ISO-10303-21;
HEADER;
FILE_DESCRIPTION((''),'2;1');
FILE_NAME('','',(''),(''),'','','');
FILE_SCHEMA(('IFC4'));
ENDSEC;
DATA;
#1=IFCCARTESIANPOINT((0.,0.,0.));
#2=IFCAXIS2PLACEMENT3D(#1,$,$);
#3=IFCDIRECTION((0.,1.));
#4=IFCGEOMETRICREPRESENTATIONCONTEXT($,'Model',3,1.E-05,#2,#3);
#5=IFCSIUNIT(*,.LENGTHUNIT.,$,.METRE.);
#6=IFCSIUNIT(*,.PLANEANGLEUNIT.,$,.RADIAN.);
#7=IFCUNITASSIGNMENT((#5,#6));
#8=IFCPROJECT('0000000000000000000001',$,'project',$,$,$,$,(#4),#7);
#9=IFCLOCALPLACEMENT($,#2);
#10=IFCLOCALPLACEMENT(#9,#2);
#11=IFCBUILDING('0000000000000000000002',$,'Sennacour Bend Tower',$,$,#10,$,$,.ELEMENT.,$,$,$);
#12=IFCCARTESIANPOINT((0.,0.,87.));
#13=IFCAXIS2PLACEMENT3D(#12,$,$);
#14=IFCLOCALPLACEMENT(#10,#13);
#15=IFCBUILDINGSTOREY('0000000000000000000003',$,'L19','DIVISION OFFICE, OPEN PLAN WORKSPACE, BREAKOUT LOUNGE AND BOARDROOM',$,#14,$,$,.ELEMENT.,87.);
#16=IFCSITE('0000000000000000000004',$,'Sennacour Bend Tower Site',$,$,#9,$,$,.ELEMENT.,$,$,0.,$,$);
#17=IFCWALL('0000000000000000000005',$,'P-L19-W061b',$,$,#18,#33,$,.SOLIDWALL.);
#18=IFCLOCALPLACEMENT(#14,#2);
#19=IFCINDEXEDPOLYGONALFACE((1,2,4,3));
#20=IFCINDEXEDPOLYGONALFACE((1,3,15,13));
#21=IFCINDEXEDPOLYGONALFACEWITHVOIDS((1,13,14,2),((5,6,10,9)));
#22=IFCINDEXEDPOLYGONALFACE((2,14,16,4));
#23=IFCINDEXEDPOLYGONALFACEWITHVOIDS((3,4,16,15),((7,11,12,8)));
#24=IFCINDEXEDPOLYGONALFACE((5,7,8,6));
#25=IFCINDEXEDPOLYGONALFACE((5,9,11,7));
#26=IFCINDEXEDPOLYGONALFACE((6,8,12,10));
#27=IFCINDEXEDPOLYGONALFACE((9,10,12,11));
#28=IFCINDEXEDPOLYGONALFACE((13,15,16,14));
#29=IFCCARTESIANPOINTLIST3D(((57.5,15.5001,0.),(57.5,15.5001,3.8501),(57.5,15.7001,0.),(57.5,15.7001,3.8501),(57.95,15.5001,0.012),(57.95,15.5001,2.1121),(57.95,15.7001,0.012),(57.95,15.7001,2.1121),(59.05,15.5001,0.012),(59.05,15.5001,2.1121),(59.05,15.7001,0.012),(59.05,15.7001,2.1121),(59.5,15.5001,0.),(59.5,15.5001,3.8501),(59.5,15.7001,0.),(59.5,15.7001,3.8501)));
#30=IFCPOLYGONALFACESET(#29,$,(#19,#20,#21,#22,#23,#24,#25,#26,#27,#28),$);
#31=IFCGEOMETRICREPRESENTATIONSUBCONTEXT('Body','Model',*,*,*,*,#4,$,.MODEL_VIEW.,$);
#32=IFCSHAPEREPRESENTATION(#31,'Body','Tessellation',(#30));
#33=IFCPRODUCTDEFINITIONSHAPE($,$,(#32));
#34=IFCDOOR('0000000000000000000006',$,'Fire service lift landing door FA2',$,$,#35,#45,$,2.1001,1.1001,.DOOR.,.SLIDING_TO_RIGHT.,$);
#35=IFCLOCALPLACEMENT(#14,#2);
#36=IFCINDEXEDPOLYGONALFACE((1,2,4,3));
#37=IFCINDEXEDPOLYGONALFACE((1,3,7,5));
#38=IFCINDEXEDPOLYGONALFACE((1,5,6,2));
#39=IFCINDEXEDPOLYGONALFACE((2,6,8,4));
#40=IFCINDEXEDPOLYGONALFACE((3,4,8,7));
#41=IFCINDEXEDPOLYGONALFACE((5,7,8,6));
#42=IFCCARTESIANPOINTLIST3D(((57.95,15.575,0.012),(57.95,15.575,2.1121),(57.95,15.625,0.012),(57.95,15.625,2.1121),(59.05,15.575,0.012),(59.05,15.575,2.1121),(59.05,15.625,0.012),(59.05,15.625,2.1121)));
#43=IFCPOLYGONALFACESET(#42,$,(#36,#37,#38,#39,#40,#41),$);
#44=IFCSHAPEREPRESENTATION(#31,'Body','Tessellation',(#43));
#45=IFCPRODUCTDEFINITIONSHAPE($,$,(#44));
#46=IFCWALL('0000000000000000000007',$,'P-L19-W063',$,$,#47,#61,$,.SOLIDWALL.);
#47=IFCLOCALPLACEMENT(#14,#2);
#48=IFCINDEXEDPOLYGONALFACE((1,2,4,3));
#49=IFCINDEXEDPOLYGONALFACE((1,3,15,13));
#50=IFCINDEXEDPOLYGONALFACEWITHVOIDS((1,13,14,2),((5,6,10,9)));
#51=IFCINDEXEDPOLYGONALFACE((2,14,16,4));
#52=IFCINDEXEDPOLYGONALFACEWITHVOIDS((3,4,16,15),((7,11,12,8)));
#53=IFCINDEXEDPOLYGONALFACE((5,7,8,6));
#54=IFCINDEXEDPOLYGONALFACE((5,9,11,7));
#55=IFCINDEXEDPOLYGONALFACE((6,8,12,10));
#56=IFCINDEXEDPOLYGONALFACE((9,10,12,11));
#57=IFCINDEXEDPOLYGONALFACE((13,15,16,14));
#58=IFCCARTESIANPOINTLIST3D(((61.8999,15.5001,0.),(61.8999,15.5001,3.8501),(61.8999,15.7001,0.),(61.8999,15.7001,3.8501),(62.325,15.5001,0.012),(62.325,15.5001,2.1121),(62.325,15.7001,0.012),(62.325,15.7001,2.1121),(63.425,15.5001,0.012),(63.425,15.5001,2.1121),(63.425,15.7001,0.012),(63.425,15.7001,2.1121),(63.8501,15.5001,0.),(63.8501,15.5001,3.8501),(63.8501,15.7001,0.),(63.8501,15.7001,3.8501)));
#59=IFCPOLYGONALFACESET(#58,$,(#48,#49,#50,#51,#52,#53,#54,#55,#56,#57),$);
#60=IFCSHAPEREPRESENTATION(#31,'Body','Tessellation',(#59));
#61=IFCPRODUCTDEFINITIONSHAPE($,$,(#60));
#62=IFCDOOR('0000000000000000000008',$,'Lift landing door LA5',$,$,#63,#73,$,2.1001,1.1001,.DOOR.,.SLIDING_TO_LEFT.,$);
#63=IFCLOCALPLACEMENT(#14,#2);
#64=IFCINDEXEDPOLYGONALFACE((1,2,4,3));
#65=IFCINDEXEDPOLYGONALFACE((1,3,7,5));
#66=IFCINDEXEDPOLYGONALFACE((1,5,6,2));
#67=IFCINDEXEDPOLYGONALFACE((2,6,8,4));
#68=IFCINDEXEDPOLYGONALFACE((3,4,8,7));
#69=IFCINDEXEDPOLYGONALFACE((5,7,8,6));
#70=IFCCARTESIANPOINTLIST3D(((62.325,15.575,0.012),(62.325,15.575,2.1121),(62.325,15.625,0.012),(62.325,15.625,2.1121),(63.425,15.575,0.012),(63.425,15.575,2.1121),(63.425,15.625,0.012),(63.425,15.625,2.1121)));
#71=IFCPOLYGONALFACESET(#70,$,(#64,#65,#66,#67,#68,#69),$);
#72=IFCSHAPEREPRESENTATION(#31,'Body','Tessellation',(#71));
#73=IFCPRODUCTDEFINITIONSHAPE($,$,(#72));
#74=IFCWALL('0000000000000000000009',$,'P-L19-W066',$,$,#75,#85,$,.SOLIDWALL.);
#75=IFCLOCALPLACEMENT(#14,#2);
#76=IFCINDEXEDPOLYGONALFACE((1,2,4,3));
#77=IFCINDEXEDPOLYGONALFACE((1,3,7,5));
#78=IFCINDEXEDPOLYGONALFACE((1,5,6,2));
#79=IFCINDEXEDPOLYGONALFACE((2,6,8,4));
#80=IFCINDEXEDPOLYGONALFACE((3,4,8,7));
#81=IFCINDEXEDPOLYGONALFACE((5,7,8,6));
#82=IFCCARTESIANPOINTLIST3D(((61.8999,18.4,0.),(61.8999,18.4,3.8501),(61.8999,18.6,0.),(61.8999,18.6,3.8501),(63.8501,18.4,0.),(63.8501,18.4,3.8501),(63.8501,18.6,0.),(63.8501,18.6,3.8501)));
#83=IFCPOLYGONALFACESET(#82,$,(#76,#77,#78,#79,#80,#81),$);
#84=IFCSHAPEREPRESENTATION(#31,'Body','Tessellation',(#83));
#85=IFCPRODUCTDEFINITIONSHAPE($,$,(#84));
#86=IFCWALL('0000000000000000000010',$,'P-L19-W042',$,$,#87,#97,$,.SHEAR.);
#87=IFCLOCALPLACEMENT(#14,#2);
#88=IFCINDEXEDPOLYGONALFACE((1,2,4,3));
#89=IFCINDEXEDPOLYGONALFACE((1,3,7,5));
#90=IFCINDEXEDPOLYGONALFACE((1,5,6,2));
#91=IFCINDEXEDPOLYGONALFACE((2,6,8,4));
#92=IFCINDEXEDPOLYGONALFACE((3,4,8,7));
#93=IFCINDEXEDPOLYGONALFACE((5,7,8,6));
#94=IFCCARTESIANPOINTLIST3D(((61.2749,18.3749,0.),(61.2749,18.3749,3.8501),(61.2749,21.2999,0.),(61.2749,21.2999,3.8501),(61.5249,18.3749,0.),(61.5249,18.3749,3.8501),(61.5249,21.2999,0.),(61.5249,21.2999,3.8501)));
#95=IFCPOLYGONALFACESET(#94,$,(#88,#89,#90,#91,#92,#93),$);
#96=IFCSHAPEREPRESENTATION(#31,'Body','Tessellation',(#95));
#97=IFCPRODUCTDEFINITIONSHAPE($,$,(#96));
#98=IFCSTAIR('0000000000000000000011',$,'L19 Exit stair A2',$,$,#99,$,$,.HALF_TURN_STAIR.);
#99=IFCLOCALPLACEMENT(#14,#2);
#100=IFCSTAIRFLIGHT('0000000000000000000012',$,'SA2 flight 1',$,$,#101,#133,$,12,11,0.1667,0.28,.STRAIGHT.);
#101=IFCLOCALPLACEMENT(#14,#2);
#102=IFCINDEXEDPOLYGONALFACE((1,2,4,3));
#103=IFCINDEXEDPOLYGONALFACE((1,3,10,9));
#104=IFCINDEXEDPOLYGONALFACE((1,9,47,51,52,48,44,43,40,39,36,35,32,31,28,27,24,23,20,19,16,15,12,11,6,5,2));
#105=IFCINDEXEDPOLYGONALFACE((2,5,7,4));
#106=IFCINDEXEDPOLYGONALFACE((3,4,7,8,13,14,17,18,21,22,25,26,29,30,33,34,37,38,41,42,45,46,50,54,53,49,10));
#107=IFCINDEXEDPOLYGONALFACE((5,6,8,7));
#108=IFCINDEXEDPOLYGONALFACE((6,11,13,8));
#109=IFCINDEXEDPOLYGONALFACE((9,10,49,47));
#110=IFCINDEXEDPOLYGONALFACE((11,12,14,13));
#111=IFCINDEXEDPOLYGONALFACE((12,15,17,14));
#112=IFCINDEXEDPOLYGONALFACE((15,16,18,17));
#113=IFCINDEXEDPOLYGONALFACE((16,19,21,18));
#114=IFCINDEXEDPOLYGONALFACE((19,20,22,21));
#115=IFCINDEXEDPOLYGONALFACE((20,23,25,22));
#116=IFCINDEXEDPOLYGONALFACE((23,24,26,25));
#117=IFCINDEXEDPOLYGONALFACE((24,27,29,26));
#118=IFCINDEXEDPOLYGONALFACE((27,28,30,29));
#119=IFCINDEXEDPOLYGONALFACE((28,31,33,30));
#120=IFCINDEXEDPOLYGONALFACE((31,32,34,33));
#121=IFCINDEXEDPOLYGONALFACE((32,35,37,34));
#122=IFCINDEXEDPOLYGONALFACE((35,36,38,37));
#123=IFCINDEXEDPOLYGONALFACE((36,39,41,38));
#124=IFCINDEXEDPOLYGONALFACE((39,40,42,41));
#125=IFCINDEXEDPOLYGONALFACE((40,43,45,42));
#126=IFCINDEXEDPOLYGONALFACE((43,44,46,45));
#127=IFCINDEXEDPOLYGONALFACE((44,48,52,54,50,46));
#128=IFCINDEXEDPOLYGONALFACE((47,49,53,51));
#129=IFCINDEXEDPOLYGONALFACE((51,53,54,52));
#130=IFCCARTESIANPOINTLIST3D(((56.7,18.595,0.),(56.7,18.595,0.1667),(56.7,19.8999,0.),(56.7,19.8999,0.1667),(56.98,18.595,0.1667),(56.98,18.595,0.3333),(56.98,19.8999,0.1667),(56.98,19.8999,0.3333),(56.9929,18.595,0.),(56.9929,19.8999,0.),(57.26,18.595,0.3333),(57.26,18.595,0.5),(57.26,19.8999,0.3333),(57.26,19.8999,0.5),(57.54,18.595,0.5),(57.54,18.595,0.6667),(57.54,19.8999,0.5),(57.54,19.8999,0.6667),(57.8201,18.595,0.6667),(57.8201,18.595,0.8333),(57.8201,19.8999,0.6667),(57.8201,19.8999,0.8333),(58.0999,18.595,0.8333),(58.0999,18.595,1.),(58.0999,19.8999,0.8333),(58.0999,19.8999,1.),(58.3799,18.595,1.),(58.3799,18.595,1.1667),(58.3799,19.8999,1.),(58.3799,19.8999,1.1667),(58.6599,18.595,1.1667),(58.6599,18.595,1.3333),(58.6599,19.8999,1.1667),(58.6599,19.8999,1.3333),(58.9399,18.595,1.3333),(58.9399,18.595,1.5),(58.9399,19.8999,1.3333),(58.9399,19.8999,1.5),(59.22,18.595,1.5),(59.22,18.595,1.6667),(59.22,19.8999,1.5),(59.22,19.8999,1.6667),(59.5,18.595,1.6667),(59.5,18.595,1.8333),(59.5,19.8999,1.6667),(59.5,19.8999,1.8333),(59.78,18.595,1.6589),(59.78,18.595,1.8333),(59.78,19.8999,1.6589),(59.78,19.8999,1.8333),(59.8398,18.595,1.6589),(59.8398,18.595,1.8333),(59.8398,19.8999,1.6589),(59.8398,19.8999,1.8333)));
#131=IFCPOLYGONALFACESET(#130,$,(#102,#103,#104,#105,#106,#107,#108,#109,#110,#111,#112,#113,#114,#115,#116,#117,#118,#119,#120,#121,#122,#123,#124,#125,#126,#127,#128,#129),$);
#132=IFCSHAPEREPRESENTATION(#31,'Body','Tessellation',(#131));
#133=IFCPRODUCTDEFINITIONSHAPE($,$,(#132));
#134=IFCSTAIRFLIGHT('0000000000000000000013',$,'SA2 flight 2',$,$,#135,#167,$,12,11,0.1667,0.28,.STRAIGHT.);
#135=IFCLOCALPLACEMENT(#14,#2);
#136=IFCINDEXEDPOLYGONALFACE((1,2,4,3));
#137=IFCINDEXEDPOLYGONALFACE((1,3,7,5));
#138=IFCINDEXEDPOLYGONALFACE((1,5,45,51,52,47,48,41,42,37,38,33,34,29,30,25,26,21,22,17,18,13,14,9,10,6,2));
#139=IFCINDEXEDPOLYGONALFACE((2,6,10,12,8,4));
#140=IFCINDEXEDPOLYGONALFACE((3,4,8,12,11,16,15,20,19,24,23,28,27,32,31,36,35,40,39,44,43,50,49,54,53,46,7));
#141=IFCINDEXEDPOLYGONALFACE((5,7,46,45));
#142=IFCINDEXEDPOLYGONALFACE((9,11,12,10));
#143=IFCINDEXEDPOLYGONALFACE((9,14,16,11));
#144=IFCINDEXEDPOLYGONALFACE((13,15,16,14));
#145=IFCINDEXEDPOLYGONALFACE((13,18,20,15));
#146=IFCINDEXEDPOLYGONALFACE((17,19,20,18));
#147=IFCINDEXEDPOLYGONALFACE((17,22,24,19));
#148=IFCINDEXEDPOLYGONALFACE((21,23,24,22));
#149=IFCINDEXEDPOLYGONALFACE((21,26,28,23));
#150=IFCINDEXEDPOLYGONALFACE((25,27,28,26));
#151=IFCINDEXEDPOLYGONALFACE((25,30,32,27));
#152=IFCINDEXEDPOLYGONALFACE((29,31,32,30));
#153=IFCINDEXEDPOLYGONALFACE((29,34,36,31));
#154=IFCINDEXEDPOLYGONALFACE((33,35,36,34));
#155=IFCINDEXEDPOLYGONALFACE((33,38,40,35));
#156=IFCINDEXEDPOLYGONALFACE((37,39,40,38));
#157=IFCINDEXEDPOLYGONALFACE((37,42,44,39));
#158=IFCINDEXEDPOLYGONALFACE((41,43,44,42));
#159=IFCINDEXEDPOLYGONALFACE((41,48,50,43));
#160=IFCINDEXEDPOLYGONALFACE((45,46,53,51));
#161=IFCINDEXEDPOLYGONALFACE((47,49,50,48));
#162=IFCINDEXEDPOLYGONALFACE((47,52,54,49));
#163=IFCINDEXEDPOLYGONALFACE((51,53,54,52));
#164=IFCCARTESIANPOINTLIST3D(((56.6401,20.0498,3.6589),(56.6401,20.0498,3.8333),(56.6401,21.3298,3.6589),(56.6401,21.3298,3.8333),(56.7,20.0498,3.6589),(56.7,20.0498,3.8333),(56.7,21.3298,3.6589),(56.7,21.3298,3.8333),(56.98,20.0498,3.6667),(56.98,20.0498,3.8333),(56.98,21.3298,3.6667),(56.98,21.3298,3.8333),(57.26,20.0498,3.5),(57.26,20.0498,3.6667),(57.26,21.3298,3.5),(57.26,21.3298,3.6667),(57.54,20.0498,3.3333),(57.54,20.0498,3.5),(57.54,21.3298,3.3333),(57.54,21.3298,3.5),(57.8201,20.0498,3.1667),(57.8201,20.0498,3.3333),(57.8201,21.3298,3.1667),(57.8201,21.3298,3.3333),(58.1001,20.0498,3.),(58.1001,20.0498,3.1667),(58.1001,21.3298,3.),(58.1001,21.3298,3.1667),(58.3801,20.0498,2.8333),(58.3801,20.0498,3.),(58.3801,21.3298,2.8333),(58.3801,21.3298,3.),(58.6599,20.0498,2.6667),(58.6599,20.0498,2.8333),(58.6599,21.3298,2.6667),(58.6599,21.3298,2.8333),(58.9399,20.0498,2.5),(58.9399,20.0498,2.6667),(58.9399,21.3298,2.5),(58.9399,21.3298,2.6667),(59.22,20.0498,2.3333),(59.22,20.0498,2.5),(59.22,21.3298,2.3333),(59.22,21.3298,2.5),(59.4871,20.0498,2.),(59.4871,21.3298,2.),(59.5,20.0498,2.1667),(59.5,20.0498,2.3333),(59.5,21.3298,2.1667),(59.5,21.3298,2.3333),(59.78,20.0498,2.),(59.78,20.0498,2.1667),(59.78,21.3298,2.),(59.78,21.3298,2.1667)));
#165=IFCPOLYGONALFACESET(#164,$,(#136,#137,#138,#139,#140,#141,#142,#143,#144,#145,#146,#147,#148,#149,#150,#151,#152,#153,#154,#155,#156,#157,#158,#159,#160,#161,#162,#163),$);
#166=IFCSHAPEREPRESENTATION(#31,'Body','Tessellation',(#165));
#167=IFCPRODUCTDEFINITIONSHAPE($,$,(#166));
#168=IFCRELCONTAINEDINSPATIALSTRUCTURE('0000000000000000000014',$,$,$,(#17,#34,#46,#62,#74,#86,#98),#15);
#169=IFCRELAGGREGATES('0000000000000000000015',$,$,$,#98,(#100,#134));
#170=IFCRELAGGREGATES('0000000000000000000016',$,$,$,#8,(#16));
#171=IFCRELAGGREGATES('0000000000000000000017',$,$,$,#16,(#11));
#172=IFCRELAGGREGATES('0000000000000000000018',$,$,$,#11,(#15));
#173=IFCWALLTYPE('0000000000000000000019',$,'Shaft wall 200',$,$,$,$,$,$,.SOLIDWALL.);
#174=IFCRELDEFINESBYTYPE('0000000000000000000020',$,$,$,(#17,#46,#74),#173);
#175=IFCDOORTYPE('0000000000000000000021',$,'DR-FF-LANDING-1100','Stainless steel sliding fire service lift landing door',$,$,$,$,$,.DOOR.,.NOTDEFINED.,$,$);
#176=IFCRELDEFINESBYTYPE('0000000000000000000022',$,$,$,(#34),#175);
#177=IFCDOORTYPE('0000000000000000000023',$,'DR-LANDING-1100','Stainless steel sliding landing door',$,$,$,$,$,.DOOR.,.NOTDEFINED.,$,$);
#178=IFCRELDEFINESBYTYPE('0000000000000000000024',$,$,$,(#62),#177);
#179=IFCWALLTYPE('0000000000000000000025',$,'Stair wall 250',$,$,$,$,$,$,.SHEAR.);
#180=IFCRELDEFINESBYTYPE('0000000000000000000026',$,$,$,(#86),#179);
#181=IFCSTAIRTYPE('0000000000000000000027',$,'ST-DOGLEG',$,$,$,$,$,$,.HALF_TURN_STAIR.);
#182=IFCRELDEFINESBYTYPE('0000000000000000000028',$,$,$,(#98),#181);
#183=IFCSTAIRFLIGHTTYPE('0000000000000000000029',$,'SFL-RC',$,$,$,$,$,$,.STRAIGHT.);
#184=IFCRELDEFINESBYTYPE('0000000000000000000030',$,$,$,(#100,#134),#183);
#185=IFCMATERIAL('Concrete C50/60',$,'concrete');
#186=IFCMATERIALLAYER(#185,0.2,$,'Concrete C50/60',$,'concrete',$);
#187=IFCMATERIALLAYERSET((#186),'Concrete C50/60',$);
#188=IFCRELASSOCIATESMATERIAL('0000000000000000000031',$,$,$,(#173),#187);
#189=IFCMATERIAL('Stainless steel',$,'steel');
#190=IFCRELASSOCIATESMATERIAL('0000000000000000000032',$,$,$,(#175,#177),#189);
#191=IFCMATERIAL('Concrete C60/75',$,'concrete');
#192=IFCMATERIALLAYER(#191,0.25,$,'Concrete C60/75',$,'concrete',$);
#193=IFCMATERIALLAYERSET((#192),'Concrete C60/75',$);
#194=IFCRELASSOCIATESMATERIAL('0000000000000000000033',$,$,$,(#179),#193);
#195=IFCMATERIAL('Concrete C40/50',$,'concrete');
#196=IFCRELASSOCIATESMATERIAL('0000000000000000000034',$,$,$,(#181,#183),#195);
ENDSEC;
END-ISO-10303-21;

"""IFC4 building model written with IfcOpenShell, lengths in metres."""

from ifc_helpers import new_model, si_unit, direction, frame, frame_2d, origin, place, context, subcontext, project, spatial, polyline, rectangle, outline, extrude, material, layer, layer_set, type_object, element, fill, aggregate, save


model = new_model("IFC4")

# Units and contexts
model_context = context("Model", 3, precision=1e-05, world=origin(), true_north=direction((0.0, 1.0)))
body_context = subcontext(model_context, "Body", "Model", "MODEL_VIEW")
ifc_project = project(units=[si_unit("LENGTHUNIT", "METRE"), si_unit("PLANEANGLEUNIT", "RADIAN")], contexts=[model_context])

# Site, building, storey
site_placement = place(None, origin())
site = spatial("IfcSite", under=ifc_project, at=site_placement, Name="Sennacour Bend Tower Site", CompositionType="ELEMENT", RefElevation=0.0)
building_placement = place(site_placement, origin())
building = spatial("IfcBuilding", under=site, at=building_placement, Name="Sennacour Bend Tower", CompositionType="ELEMENT")
storey_placement = place(building_placement, frame((0.0, 0.0, 87.0)))
storey = spatial("IfcBuildingStorey", under=building, at=storey_placement, Name="L19", Description="DIVISION OFFICE, OPEN PLAN WORKSPACE, BREAKOUT LOUNGE AND BOARDROOM", CompositionType="ELEMENT", Elevation=87.0)

# Shared definitions
ifc_material_1 = material(Name="Concrete C50/60", Category="concrete")
ifc_layer_1 = layer(ifc_material_1, 0.2, Name="Concrete C50/60", Category="concrete")
ifc_layer_set_1 = layer_set([ifc_layer_1], Name="Concrete C50/60")
wall_type_1 = type_object("IfcWallType", Name="Shaft wall 200", PredefinedType="SOLIDWALL", material=ifc_layer_set_1)

# Walls, openings, doors
wall_1_placement = place(storey_placement, frame((57.5, 15.6001, 0.0), z_axis=(0.0, 0.0, 1.0), x_axis=(1.0, 0.0, 0.0)))
wall_1 = element("IfcWall", 1, at=wall_1_placement, inside=storey, type_object=wall_type_1, Name="P-L19-W061b", PredefinedType="SOLIDWALL", context=body_context, shape_type="SweptSolid", body=[
    extrude(rectangle(XDim=2.0, YDim=0.2, at=frame_2d((1.0, 0.0))), origin(), (0.0, 0.0, 1.0), 3.8501),
])
opening_1_placement = place(wall_1_placement, frame((0.45, 0.0, 0.012)))
opening_1 = element("IfcOpeningElement", 2, at=opening_1_placement, cuts=wall_1, PredefinedType="OPENING", context=body_context, shape_type="SweptSolid", body=[
    extrude(rectangle(XDim=1.1001, YDim=2.1001, at=frame_2d((0.55, 1.05))), frame((0.0, 0.1099, 0.0), z_axis=(0.0, -1.0, 0.0), x_axis=(1.0, 0.0, 0.0)), (0.0, 0.0, 1.0), 0.22),
])
ifc_material_2 = material(Name="Stainless steel", Category="steel")
door_type_1 = type_object("IfcDoorType", Name="DR-FF-LANDING-1100", Description="Stainless steel sliding fire service lift landing door", OperationType="NOTDEFINED", PredefinedType="DOOR", material=ifc_material_2)
door_1_placement = place(opening_1_placement, origin())
door_1 = element("IfcDoor", 3, at=door_1_placement, inside=storey, type_object=door_type_1, Name="Fire service lift landing door FA2", OperationType="SLIDING_TO_RIGHT", OverallHeight=2.1001, OverallWidth=1.1001, PredefinedType="DOOR", context=body_context, shape_type="SweptSolid", body=[
    extrude(rectangle(XDim=1.1001, YDim=2.1001, at=frame_2d((0.55, 1.05))), frame((0.0, 0.0249, 0.0), z_axis=(0.0, -1.0, 0.0), x_axis=(1.0, 0.0, 0.0)), (0.0, 0.0, 1.0), 0.05),
])
fill(opening_1, door_1)
wall_2_placement = place(storey_placement, frame((61.8999, 15.6001, 0.0), z_axis=(0.0, 0.0, 1.0), x_axis=(1.0, 0.0, 0.0)))
wall_2 = element("IfcWall", 4, at=wall_2_placement, inside=storey, type_object=wall_type_1, Name="P-L19-W063", PredefinedType="SOLIDWALL", context=body_context, shape_type="SweptSolid", body=[
    extrude(rectangle(XDim=1.9502, YDim=0.2, at=frame_2d((0.9751, 0.0))), origin(), (0.0, 0.0, 1.0), 3.8501),
])
opening_2_placement = place(wall_2_placement, frame((0.425, 0.0, 0.012)))
opening_2 = element("IfcOpeningElement", 5, at=opening_2_placement, cuts=wall_2, PredefinedType="OPENING", context=body_context, shape_type="SweptSolid", body=[
    extrude(rectangle(XDim=1.1001, YDim=2.1001, at=frame_2d((0.55, 1.05))), frame((0.0, 0.1099, 0.0), z_axis=(0.0, -1.0, 0.0), x_axis=(1.0, 0.0, 0.0)), (0.0, 0.0, 1.0), 0.22),
])
door_type_2 = type_object("IfcDoorType", Name="DR-LANDING-1100", Description="Stainless steel sliding landing door", OperationType="NOTDEFINED", PredefinedType="DOOR", material=ifc_material_2)
door_2_placement = place(opening_2_placement, origin())
door_2 = element("IfcDoor", 6, at=door_2_placement, inside=storey, type_object=door_type_2, Name="Lift landing door LA5", OperationType="SLIDING_TO_LEFT", OverallHeight=2.1001, OverallWidth=1.1001, PredefinedType="DOOR", context=body_context, shape_type="SweptSolid", body=[
    extrude(rectangle(XDim=1.1001, YDim=2.1001, at=frame_2d((0.55, 1.05))), frame((0.0, 0.0249, 0.0), z_axis=(0.0, -1.0, 0.0), x_axis=(1.0, 0.0, 0.0)), (0.0, 0.0, 1.0), 0.05),
])
fill(opening_2, door_2)

# Walls
wall_3_placement = place(storey_placement, frame((61.8999, 18.5, 0.0), z_axis=(0.0, 0.0, 1.0), x_axis=(1.0, 0.0, 0.0)))
element("IfcWall", 7, at=wall_3_placement, inside=storey, type_object=wall_type_1, Name="P-L19-W066", PredefinedType="SOLIDWALL", context=body_context, shape_type="SweptSolid", body=[
    extrude(rectangle(XDim=1.9502, YDim=0.2, at=frame_2d((0.9751, 0.0))), origin(), (0.0, 0.0, 1.0), 3.8501),
])
ifc_material_3 = material(Name="Concrete C60/75", Category="concrete")
ifc_layer_2 = layer(ifc_material_3, 0.25, Name="Concrete C60/75", Category="concrete")
ifc_layer_set_2 = layer_set([ifc_layer_2], Name="Concrete C60/75")
wall_type_2 = type_object("IfcWallType", Name="Stair wall 250", PredefinedType="SHEAR", material=ifc_layer_set_2)
wall_4_placement = place(storey_placement, frame((61.3999, 18.375, 0.0), z_axis=(0.0, 0.0, 1.0), x_axis=(0.0, 1.0, 0.0)))
element("IfcWall", 8, at=wall_4_placement, inside=storey, type_object=wall_type_2, Name="P-L19-W042", PredefinedType="SHEAR", context=body_context, shape_type="SweptSolid", body=[
    extrude(rectangle(XDim=2.925, YDim=0.25, at=frame_2d((1.4624, 0.0))), origin(), (0.0, 0.0, 1.0), 3.8501),
])

# Stair, stair flights
ifc_material_4 = material(Name="Concrete C40/50", Category="concrete")
stair_type = type_object("IfcStairType", Name="ST-DOGLEG", PredefinedType="HALF_TURN_STAIR", material=ifc_material_4)
stair_placement = place(storey_placement, origin())
stair = element("IfcStair", 9, at=stair_placement, inside=storey, type_object=stair_type, Name="L19 Exit stair A2", PredefinedType="HALF_TURN_STAIR")
stair_flight_type = type_object("IfcStairFlightType", Name="SFL-RC", PredefinedType="STRAIGHT", material=ifc_material_4)
stair_flight_1_placement = place(storey_placement, frame((56.7, 19.2476, 0.0), z_axis=(0.0, 0.0, 1.0), x_axis=(1.0, 0.0, 0.0)))
stair_flight_1 = element("IfcStairFlight", 10, at=stair_flight_1_placement, type_object=stair_flight_type, Name="SA2 flight 1", NumberOfRisers=12, NumberOfTreads=11, PredefinedType="STRAIGHT", RiserHeight=0.1667, TreadLength=0.28, context=body_context, shape_type="SweptSolid", body=[
    extrude(outline(polyline([(0.0, 0.0), (0.0, 0.1667), (0.28, 0.1667), (0.28, 0.3333), (0.5601, 0.3333), (0.5601, 0.5), (0.8401, 0.5), (0.8401, 0.6667), (1.1201, 0.6667), (1.1201, 0.8333), (1.3999, 0.8333), (1.3999, 1.0), (1.6799, 1.0), (1.6799, 1.1667), (1.96, 1.1667), (1.96, 1.3333), (2.24, 1.3333), (2.24, 1.5), (2.52, 1.5), (2.52, 1.6667), (2.8, 1.6667), (2.8, 1.8333), (3.0801, 1.8333), (3.1399, 1.8333), (3.1399, 1.6589), (3.0801, 1.6589), (0.293, 0.0), (0.0, 0.0)])), frame((0.0, 0.6523, 0.0), z_axis=(0.0, -1.0, 0.0), x_axis=(1.0, 0.0, 0.0)), (0.0, 0.0, 1.0), 1.3049),
])
stair_flight_2_placement = place(storey_placement, frame((59.78, 20.6899, 2.0), z_axis=(0.0, 0.0, 1.0), x_axis=(-1.0, 0.0, 0.0)))
stair_flight_2 = element("IfcStairFlight", 11, at=stair_flight_2_placement, type_object=stair_flight_type, Name="SA2 flight 2", NumberOfRisers=12, NumberOfTreads=11, PredefinedType="STRAIGHT", RiserHeight=0.1667, TreadLength=0.28, context=body_context, shape_type="SweptSolid", body=[
    extrude(outline(polyline([(0.0, 0.0), (0.0, 0.1667), (0.28, 0.1667), (0.28, 0.3333), (0.5601, 0.3333), (0.5601, 0.5), (0.8401, 0.5), (0.8401, 0.6667), (1.1201, 0.6667), (1.1201, 0.8333), (1.3999, 0.8333), (1.3999, 1.0), (1.6799, 1.0), (1.6799, 1.1667), (1.96, 1.1667), (1.96, 1.3333), (2.24, 1.3333), (2.24, 1.5), (2.52, 1.5), (2.52, 1.6667), (2.8, 1.6667), (2.8, 1.8333), (3.0801, 1.8333), (3.1399, 1.8333), (3.1399, 1.6589), (3.0801, 1.6589), (0.293, 0.0), (0.0, 0.0)])), frame((0.0, 0.6401, 0.0), z_axis=(0.0, -1.0, 0.0), x_axis=(1.0, 0.0, 0.0)), (0.0, 0.0, 1.0), 1.28),
])
aggregate(stair, [stair_flight_1, stair_flight_2])

save(model, "model.ifc")
